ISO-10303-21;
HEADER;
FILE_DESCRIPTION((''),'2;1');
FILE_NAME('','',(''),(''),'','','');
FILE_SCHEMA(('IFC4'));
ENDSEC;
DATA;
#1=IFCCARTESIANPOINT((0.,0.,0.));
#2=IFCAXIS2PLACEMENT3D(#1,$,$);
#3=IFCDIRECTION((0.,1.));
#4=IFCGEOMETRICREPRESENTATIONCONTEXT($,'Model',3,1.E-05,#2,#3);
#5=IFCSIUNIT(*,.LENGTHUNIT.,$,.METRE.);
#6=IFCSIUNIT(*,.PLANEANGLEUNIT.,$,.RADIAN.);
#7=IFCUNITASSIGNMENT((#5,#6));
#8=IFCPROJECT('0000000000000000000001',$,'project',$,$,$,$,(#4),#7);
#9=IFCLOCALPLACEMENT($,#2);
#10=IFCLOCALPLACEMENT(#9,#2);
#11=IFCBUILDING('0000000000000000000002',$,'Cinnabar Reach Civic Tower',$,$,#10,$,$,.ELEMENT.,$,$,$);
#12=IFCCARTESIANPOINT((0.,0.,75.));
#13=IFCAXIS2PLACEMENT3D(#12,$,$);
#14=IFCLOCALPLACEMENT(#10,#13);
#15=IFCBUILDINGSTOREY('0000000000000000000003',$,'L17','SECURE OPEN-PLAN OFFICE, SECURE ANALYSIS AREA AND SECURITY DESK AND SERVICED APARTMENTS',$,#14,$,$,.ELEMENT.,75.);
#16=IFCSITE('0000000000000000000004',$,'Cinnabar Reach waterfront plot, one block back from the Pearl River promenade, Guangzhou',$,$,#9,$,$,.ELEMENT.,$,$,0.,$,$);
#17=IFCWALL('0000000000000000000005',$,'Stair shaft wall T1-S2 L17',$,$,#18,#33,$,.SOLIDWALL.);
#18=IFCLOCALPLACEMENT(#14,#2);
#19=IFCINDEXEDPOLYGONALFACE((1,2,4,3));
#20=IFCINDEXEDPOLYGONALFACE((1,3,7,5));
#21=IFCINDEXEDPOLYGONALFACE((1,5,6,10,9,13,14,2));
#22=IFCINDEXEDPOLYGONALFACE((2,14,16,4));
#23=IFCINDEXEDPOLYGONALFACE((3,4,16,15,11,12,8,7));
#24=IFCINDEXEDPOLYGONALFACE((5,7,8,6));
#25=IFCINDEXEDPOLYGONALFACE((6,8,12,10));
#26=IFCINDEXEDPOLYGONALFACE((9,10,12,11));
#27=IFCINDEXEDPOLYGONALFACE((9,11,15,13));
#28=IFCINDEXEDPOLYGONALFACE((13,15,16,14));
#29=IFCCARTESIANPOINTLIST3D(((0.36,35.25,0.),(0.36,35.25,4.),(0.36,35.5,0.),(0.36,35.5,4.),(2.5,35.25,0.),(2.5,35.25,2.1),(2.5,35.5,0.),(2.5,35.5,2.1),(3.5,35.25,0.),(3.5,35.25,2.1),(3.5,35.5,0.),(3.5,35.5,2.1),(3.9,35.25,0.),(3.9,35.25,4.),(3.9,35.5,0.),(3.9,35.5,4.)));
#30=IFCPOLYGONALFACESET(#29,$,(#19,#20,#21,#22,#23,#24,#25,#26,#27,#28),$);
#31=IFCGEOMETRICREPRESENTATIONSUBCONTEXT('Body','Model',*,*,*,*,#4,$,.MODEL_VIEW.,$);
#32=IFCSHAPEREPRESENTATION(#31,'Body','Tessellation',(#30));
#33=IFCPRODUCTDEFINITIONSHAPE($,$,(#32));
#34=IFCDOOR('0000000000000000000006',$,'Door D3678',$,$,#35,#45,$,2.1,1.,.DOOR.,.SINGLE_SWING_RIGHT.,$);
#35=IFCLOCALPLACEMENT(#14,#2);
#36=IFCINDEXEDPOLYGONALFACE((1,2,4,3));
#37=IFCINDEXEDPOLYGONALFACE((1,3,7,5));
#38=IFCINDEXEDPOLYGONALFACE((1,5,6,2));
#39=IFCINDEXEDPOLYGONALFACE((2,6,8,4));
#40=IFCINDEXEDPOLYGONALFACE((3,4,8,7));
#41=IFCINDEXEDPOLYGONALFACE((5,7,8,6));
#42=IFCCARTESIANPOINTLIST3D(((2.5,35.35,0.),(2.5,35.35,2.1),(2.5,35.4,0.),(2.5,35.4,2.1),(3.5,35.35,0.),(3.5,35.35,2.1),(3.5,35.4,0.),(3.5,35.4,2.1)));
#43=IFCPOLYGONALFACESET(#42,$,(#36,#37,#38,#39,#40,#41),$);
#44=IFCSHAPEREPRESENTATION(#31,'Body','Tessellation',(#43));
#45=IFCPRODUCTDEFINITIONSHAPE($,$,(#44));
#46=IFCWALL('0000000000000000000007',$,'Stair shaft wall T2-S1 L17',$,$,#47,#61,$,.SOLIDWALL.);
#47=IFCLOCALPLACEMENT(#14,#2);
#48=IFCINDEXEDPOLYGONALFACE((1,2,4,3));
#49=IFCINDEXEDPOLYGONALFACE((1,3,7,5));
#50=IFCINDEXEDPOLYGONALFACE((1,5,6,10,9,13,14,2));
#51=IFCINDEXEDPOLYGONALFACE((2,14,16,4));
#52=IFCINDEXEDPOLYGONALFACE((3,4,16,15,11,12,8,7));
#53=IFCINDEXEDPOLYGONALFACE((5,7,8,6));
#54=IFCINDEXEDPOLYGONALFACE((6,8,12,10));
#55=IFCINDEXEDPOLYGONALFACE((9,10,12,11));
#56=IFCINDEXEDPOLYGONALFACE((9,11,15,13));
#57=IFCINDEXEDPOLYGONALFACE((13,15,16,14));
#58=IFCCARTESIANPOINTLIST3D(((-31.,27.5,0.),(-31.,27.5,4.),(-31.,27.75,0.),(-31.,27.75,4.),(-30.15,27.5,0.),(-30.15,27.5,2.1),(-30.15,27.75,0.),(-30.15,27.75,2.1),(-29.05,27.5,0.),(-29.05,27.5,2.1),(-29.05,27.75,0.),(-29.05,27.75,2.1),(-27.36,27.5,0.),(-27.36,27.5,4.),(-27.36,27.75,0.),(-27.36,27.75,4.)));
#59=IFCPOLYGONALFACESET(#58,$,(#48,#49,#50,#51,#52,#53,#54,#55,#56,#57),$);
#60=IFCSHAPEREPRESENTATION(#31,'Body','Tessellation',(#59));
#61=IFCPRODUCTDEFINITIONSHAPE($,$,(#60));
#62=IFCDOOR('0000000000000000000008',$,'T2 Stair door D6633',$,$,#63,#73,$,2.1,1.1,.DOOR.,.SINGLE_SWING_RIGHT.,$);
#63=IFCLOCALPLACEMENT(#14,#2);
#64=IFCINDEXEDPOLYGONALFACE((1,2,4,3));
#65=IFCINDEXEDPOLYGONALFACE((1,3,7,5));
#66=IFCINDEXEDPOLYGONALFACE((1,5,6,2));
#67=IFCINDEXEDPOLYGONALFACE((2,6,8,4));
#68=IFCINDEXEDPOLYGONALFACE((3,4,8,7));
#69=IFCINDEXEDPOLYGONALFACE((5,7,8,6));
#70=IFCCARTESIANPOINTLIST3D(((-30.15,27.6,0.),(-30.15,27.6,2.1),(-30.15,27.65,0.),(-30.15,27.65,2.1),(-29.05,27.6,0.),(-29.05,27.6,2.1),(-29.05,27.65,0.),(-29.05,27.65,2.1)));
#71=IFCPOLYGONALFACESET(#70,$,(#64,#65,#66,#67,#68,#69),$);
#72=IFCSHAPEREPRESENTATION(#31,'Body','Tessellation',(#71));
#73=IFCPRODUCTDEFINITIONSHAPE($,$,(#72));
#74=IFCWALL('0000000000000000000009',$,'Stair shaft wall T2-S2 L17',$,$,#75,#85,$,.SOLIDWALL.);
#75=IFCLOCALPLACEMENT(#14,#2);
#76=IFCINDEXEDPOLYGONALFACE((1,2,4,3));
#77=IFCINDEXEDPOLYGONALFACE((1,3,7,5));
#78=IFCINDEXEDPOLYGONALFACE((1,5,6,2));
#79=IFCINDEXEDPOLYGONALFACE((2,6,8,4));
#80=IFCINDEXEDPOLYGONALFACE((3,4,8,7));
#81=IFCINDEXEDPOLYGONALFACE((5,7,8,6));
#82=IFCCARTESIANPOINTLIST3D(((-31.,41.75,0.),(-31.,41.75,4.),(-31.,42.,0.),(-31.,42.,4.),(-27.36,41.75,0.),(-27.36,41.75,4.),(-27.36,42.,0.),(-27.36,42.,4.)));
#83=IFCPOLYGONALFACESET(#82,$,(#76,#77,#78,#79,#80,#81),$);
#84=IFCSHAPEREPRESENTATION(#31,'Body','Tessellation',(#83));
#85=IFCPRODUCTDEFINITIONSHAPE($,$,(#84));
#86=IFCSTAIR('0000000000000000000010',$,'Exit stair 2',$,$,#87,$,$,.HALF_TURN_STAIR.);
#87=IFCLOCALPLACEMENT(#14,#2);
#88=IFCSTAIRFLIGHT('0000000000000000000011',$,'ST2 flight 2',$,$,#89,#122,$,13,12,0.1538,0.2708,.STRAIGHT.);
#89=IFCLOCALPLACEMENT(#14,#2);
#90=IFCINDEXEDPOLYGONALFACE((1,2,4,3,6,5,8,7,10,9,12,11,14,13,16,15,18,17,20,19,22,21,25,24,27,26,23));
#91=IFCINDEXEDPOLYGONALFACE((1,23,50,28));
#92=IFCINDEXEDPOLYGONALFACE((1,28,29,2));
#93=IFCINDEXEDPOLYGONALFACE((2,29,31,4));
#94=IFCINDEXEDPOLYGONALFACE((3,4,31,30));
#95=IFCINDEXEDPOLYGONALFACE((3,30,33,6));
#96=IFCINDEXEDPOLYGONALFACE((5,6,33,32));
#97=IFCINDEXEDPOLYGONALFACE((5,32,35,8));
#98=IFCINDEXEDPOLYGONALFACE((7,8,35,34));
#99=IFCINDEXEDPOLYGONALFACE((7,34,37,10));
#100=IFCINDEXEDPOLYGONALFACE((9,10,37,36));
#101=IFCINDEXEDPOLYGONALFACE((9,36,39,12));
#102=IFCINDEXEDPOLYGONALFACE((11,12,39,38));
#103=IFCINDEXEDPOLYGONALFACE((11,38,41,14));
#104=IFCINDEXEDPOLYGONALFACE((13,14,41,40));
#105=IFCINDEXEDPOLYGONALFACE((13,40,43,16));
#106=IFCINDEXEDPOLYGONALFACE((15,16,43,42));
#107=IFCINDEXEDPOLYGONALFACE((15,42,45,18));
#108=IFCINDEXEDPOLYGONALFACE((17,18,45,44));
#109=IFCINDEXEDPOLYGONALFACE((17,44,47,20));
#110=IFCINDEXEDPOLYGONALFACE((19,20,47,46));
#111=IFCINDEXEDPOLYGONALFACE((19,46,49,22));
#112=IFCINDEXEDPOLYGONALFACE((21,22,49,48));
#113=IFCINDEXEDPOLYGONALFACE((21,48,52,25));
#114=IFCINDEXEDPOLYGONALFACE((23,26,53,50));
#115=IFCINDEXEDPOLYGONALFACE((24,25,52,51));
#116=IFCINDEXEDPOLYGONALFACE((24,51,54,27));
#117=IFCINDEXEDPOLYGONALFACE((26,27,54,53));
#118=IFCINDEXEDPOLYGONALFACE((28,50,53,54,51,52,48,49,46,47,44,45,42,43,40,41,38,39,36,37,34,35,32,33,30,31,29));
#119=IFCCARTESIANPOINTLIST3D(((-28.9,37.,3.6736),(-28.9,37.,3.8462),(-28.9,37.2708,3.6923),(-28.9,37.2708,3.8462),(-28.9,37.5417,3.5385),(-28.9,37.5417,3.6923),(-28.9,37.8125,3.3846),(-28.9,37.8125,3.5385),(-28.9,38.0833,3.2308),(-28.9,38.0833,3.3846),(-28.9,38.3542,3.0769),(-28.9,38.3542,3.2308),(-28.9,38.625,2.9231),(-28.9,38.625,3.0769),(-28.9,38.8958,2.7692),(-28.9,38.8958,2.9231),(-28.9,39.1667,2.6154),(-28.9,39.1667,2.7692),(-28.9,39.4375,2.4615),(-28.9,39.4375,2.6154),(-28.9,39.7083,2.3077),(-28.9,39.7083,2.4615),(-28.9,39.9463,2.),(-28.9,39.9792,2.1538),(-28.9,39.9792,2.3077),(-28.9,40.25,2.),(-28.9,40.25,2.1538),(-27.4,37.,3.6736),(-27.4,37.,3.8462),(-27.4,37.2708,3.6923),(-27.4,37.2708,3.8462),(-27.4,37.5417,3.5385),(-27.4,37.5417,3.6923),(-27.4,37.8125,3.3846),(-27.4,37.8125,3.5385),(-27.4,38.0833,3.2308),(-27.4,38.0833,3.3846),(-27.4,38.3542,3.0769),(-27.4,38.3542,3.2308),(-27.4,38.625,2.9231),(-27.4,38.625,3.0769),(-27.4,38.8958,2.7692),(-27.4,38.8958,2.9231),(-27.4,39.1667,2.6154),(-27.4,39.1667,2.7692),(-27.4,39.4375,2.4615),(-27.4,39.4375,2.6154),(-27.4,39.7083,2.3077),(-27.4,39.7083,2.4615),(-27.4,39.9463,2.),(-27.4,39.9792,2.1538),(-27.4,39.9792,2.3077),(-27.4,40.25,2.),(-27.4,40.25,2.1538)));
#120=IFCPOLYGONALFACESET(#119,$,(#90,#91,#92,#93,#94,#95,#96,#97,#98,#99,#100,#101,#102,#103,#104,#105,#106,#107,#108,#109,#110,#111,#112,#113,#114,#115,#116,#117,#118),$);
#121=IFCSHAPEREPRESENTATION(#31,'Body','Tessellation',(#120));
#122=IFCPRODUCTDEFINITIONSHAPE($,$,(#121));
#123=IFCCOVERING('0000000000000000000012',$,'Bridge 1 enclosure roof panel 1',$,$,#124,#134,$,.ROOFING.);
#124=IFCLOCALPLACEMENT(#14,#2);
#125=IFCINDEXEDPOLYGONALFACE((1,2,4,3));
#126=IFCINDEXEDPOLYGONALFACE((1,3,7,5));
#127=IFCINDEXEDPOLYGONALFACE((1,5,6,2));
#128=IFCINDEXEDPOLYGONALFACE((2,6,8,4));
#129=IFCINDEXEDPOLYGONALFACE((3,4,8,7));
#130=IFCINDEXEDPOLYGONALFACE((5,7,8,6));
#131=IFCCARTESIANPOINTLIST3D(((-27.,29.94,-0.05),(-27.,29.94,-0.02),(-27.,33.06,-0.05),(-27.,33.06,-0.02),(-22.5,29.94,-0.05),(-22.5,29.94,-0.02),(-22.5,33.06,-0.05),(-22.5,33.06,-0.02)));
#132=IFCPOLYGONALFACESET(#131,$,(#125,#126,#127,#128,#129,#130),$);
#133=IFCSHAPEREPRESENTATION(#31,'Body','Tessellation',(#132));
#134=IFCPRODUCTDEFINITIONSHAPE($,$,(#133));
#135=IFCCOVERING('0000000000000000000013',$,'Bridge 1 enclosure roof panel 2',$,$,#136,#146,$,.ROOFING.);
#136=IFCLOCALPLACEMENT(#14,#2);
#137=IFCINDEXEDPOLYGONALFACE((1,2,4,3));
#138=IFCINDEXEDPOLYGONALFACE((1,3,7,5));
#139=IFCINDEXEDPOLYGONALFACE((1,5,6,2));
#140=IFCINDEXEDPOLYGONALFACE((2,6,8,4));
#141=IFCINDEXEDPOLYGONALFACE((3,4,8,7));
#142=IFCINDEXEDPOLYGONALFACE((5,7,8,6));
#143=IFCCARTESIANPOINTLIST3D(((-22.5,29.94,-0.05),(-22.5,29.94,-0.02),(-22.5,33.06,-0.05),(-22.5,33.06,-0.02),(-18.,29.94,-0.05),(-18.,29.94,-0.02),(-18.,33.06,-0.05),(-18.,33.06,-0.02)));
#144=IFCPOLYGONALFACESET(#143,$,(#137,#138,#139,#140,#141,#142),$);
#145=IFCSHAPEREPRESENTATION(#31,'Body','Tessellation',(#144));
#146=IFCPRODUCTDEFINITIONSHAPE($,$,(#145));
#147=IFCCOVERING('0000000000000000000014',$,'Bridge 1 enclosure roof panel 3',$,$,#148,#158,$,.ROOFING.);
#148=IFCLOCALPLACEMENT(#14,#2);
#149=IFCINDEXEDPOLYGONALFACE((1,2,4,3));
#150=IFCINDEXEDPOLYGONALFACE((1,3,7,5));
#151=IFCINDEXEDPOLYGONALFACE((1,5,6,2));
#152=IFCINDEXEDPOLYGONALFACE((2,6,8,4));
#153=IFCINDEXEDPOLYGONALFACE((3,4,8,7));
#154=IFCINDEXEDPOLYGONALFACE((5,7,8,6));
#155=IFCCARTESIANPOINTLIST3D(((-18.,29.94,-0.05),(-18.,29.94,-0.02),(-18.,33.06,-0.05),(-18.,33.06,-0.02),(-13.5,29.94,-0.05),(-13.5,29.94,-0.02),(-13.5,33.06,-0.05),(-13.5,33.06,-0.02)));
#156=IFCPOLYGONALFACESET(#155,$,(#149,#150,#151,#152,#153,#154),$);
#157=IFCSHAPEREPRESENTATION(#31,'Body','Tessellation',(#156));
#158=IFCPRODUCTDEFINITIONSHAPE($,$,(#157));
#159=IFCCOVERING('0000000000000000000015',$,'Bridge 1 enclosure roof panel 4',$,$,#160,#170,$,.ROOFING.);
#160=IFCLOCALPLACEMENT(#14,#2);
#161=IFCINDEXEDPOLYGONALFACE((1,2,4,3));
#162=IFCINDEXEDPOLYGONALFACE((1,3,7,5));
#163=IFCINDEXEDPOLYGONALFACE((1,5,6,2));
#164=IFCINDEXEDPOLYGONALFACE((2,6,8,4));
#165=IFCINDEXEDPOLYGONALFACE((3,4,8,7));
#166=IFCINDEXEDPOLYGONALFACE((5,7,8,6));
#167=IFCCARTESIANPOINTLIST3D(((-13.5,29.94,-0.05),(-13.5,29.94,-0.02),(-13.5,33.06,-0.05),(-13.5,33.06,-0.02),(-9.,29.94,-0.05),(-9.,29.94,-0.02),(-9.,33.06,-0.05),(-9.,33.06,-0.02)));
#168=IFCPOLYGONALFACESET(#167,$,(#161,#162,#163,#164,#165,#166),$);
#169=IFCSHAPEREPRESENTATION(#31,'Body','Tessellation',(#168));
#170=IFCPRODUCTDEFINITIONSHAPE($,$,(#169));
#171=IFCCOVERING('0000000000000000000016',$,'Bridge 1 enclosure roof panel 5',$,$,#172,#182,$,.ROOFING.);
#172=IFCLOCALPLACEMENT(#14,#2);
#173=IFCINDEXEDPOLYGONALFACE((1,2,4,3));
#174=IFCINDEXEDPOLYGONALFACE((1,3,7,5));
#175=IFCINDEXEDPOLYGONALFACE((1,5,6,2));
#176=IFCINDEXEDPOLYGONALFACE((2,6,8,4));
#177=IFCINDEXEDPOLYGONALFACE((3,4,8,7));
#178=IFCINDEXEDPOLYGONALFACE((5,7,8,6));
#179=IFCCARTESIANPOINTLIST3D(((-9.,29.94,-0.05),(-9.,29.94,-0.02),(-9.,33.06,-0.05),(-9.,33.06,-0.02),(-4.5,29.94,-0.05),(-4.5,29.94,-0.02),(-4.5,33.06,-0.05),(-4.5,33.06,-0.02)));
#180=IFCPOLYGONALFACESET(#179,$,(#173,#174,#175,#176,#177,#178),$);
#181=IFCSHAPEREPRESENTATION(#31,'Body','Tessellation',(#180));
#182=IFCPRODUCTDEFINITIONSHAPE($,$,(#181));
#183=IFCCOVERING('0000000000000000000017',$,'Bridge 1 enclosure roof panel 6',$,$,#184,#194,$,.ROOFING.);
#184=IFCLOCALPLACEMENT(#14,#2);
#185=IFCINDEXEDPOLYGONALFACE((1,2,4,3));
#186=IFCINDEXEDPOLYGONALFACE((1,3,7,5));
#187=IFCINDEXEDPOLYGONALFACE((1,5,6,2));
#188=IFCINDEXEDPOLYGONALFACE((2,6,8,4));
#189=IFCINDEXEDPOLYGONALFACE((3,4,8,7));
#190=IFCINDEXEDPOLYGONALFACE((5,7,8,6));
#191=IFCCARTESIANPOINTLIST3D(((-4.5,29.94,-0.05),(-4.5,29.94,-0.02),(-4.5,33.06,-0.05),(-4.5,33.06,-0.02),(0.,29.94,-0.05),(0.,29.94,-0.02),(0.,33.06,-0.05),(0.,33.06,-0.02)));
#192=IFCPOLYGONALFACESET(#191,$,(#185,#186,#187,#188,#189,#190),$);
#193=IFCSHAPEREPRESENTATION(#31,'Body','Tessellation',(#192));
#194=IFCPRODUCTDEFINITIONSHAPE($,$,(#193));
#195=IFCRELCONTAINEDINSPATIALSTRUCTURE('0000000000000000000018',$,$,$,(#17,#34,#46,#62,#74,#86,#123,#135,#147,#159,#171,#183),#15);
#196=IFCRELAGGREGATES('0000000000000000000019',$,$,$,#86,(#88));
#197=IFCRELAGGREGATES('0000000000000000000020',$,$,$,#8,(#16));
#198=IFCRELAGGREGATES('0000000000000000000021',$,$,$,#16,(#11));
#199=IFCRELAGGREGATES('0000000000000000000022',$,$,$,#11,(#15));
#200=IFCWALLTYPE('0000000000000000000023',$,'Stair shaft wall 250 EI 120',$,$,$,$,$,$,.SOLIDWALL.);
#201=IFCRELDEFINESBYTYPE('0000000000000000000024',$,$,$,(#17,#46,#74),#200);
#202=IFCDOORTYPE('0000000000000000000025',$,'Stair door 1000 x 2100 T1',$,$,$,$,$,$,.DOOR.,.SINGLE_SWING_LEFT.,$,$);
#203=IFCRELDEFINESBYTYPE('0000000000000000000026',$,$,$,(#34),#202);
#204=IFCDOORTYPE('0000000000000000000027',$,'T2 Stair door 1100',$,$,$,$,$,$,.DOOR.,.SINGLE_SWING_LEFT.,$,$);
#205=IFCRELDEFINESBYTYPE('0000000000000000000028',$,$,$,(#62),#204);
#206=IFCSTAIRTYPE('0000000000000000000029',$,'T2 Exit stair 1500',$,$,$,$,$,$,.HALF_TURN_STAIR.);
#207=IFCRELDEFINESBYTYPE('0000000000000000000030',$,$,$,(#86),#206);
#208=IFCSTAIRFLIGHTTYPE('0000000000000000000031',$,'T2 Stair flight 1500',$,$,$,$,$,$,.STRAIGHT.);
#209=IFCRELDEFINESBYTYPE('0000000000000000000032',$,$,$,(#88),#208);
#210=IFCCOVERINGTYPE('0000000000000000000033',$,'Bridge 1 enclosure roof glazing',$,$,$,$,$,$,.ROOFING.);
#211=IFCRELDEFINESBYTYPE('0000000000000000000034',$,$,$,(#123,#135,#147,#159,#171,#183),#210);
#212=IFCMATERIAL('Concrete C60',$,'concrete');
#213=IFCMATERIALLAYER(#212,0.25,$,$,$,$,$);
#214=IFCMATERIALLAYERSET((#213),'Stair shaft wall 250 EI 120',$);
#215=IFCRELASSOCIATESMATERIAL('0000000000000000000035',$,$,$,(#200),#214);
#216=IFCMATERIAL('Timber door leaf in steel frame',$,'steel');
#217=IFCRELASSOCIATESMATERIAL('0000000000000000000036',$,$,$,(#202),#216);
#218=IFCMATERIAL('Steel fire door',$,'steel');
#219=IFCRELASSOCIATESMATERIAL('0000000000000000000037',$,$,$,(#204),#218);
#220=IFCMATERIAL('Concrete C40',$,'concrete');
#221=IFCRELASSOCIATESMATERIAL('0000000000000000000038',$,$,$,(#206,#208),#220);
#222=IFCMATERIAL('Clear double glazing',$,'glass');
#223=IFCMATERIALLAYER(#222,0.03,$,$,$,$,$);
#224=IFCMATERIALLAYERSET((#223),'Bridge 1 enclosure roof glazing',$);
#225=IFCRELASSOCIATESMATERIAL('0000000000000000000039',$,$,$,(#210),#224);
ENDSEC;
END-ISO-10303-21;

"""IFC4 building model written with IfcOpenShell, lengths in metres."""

from ifc_helpers import new_model, si_unit, direction, frame, frame_2d, origin, origin_2d, place, context, subcontext, project, spatial, polyline, rectangle, outline, extrude, material, layer, layer_set, type_object, element, fill, aggregate, save


model = new_model("IFC4")

# Units and contexts
model_context = context("Model", 3, precision=1e-05, world=origin(), true_north=direction((0.0, 1.0)))
body_context = subcontext(model_context, "Body", "Model", "MODEL_VIEW")
ifc_project = project(units=[si_unit("LENGTHUNIT", "METRE"), si_unit("PLANEANGLEUNIT", "RADIAN")], contexts=[model_context])

# Site, building, storey
site_placement = place(None, origin())
site = spatial("IfcSite", under=ifc_project, at=site_placement, Name="Cinnabar Reach waterfront plot, one block back from the Pearl River promenade, Guangzhou", CompositionType="ELEMENT", RefElevation=0.0)
building_placement = place(site_placement, origin())
building = spatial("IfcBuilding", under=site, at=building_placement, Name="Cinnabar Reach Civic Tower", CompositionType="ELEMENT")
storey_placement = place(building_placement, frame((0.0, 0.0, 75.0)))
storey = spatial("IfcBuildingStorey", under=building, at=storey_placement, Name="L17", Description="SECURE OPEN-PLAN OFFICE, SECURE ANALYSIS AREA AND SECURITY DESK AND SERVICED APARTMENTS", CompositionType="ELEMENT", Elevation=75.0)

# Shared definitions
ifc_material_1 = material(Name="Concrete C60", Category="concrete")

# Shared definitions
ifc_material_2 = material(Name="Concrete C40", Category="concrete")

# Walls, openings, doors
ifc_layer_1 = layer(ifc_material_1, 0.25)
ifc_layer_set_1 = layer_set([ifc_layer_1], Name="Stair shaft wall 250 EI 120")
wall_type_1 = type_object("IfcWallType", Name="Stair shaft wall 250 EI 120", PredefinedType="SOLIDWALL", material=ifc_layer_set_1)
wall_1_placement = place(storey_placement, frame((0.36, 35.375, 0.0), z_axis=(0.0, 0.0, 1.0), x_axis=(1.0, 0.0, 0.0)))
wall_1 = element("IfcWall", 1, at=wall_1_placement, inside=storey, type_object=wall_type_1, Name="Stair shaft wall T1-S2 L17", PredefinedType="SOLIDWALL", context=body_context, shape_type="SweptSolid", body=[
    extrude(rectangle(XDim=3.54, YDim=0.25, at=frame_2d((1.77, 0.0))), origin(), (0.0, 0.0, 1.0), 4.0),
])
opening_1_placement = place(wall_1_placement, frame((2.14, 0.0, 0.0)))
opening_1 = element("IfcOpeningElement", 2, at=opening_1_placement, cuts=wall_1, PredefinedType="OPENING", context=body_context, shape_type="SweptSolid", body=[
    extrude(rectangle(XDim=1.0, YDim=2.1, at=frame_2d((0.5, 1.05))), frame((0.0, 0.135, 0.0), z_axis=(0.0, -1.0, 0.0), x_axis=(1.0, 0.0, 0.0)), (0.0, 0.0, 1.0), 0.27),
])
ifc_material_3 = material(Name="Timber door leaf in steel frame", Category="steel")
door_type_1 = type_object("IfcDoorType", Name="Stair door 1000 x 2100 T1", OperationType="SINGLE_SWING_LEFT", PredefinedType="DOOR", material=ifc_material_3)
door_1_placement = place(opening_1_placement, origin())
door_1 = element("IfcDoor", 3, at=door_1_placement, inside=storey, type_object=door_type_1, Name="Door D3678", OperationType="SINGLE_SWING_RIGHT", OverallHeight=2.1, OverallWidth=1.0, PredefinedType="DOOR", context=body_context, shape_type="SweptSolid", body=[
    extrude(rectangle(XDim=1.0, YDim=2.1, at=frame_2d((0.5, 1.05))), frame((0.0, 0.025, 0.0), z_axis=(0.0, -1.0, 0.0), x_axis=(1.0, 0.0, 0.0)), (0.0, 0.0, 1.0), 0.05),
])
fill(opening_1, door_1)
wall_2_placement = place(storey_placement, frame((-27.36, 27.625, 0.0), z_axis=(0.0, 0.0, 1.0), x_axis=(-1.0, 0.0, 0.0)))
wall_2 = element("IfcWall", 4, at=wall_2_placement, inside=storey, type_object=wall_type_1, Name="Stair shaft wall T2-S1 L17", PredefinedType="SOLIDWALL", context=body_context, shape_type="SweptSolid", body=[
    extrude(rectangle(XDim=3.64, YDim=0.25, at=frame_2d((1.82, 0.0))), origin(), (0.0, 0.0, 1.0), 4.0),
])
opening_2_placement = place(wall_2_placement, frame((1.69, 0.0, 0.0)))
opening_2 = element("IfcOpeningElement", 5, at=opening_2_placement, cuts=wall_2, PredefinedType="OPENING", context=body_context, shape_type="SweptSolid", body=[
    extrude(rectangle(XDim=1.1, YDim=2.1, at=frame_2d((0.55, 1.05))), frame((0.0, 0.135, 0.0), z_axis=(0.0, -1.0, 0.0), x_axis=(1.0, 0.0, 0.0)), (0.0, 0.0, 1.0), 0.27),
])
ifc_material_4 = material(Name="Steel fire door", Category="steel")
door_type_2 = type_object("IfcDoorType", Name="T2 Stair door 1100", OperationType="SINGLE_SWING_LEFT", PredefinedType="DOOR", material=ifc_material_4)
door_2_placement = place(opening_2_placement, origin())
door_2 = element("IfcDoor", 6, at=door_2_placement, inside=storey, type_object=door_type_2, Name="T2 Stair door D6633", OperationType="SINGLE_SWING_RIGHT", OverallHeight=2.1, OverallWidth=1.1, PredefinedType="DOOR", context=body_context, shape_type="SweptSolid", body=[
    extrude(rectangle(XDim=1.1, YDim=2.1, at=frame_2d((0.55, 1.05))), frame((0.0, 0.025, 0.0), z_axis=(0.0, -1.0, 0.0), x_axis=(1.0, 0.0, 0.0)), (0.0, 0.0, 1.0), 0.05),
])
fill(opening_2, door_2)

# Wall
wall_3_placement = place(storey_placement, frame((-27.36, 41.875, 0.0), z_axis=(0.0, 0.0, 1.0), x_axis=(-1.0, 0.0, 0.0)))
element("IfcWall", 7, at=wall_3_placement, inside=storey, type_object=wall_type_1, Name="Stair shaft wall T2-S2 L17", PredefinedType="SOLIDWALL", context=body_context, shape_type="SweptSolid", body=[
    extrude(rectangle(XDim=3.64, YDim=0.25, at=frame_2d((1.82, 0.0))), origin(), (0.0, 0.0, 1.0), 4.0),
])

# Stair, stair flight
stair_type = type_object("IfcStairType", Name="T2 Exit stair 1500", PredefinedType="HALF_TURN_STAIR", material=ifc_material_2)
stair_placement = place(storey_placement, origin())
stair = element("IfcStair", 8, at=stair_placement, inside=storey, type_object=stair_type, Name="Exit stair 2", PredefinedType="HALF_TURN_STAIR")
stair_flight_type = type_object("IfcStairFlightType", Name="T2 Stair flight 1500", PredefinedType="STRAIGHT", material=ifc_material_2)
stair_flight_placement = place(storey_placement, frame((-28.15, 40.25, 2.0), z_axis=(0.0, 0.0, 1.0), x_axis=(0.0, -1.0, 0.0)))
stair_flight = element("IfcStairFlight", 9, at=stair_flight_placement, type_object=stair_flight_type, Name="ST2 flight 2", NumberOfRisers=13, NumberOfTreads=12, PredefinedType="STRAIGHT", RiserHeight=0.1538, TreadLength=0.2708, context=body_context, shape_type="SweptSolid", body=[
    extrude(outline(polyline([(0.0, 0.0), (0.0, 0.1538), (0.2708, 0.1538), (0.2708, 0.3077), (0.5417, 0.3077), (0.5417, 0.4615), (0.8125, 0.4615), (0.8125, 0.6154), (1.0833, 0.6154), (1.0833, 0.7692), (1.3542, 0.7692), (1.3542, 0.9231), (1.625, 0.9231), (1.625, 1.0769), (1.8958, 1.0769), (1.8958, 1.2308), (2.1667, 1.2308), (2.1667, 1.3846), (2.4375, 1.3846), (2.4375, 1.5385), (2.7083, 1.5385), (2.7083, 1.6923), (2.9792, 1.6923), (2.9792, 1.8462), (3.25, 1.8462), (3.25, 2.0), (3.25, 1.6736), (0.3037, 0.0), (0.0, 0.0)])), frame((0.0, 0.75, 0.0), z_axis=(0.0, -1.0, 0.0), x_axis=(1.0, 0.0, 0.0)), (0.0, 0.0, 1.0), 1.5),
])
aggregate(stair, [stair_flight])

# Coverings
ifc_material_5 = material(Name="Clear double glazing", Category="glass")
ifc_layer_2 = layer(ifc_material_5, 0.03)
ifc_layer_set_2 = layer_set([ifc_layer_2], Name="Bridge 1 enclosure roof glazing")
covering_type = type_object("IfcCoveringType", Name="Bridge 1 enclosure roof glazing", PredefinedType="ROOFING", material=ifc_layer_set_2)
for number, where, z_axis, x_axis, name in (
    (10, (-24.75, 31.5, -0.05), (0.0, 0.0, 1.0), (1.0, 0.0, 0.0), "Bridge 1 enclosure roof panel 1"),
    (11, (-20.25, 31.5, -0.05), (0.0, 0.0, 1.0), (1.0, 0.0, 0.0), "Bridge 1 enclosure roof panel 2"),
    (12, (-15.75, 31.5, -0.05), (0.0, 0.0, 1.0), (1.0, 0.0, 0.0), "Bridge 1 enclosure roof panel 3"),
    (13, (-11.25, 31.5, -0.05), (0.0, 0.0, 1.0), (1.0, 0.0, 0.0), "Bridge 1 enclosure roof panel 4"),
    (14, (-6.75, 31.5, -0.05), (0.0, 0.0, 1.0), (1.0, 0.0, 0.0), "Bridge 1 enclosure roof panel 5"),
    (15, (-2.25, 31.5, -0.05), (0.0, 0.0, 1.0), (1.0, 0.0, 0.0), "Bridge 1 enclosure roof panel 6"),
):
    element("IfcCovering", number, at=place(storey_placement, frame(where, z_axis=z_axis, x_axis=x_axis)), inside=storey, type_object=covering_type, Name=name, PredefinedType="ROOFING", context=body_context, shape_type="SweptSolid", body=[
        extrude(rectangle(XDim=4.5, YDim=3.12, at=origin_2d()), origin(), (0.0, 0.0, 1.0), 0.03),
    ])

save(model, "model.ifc")
